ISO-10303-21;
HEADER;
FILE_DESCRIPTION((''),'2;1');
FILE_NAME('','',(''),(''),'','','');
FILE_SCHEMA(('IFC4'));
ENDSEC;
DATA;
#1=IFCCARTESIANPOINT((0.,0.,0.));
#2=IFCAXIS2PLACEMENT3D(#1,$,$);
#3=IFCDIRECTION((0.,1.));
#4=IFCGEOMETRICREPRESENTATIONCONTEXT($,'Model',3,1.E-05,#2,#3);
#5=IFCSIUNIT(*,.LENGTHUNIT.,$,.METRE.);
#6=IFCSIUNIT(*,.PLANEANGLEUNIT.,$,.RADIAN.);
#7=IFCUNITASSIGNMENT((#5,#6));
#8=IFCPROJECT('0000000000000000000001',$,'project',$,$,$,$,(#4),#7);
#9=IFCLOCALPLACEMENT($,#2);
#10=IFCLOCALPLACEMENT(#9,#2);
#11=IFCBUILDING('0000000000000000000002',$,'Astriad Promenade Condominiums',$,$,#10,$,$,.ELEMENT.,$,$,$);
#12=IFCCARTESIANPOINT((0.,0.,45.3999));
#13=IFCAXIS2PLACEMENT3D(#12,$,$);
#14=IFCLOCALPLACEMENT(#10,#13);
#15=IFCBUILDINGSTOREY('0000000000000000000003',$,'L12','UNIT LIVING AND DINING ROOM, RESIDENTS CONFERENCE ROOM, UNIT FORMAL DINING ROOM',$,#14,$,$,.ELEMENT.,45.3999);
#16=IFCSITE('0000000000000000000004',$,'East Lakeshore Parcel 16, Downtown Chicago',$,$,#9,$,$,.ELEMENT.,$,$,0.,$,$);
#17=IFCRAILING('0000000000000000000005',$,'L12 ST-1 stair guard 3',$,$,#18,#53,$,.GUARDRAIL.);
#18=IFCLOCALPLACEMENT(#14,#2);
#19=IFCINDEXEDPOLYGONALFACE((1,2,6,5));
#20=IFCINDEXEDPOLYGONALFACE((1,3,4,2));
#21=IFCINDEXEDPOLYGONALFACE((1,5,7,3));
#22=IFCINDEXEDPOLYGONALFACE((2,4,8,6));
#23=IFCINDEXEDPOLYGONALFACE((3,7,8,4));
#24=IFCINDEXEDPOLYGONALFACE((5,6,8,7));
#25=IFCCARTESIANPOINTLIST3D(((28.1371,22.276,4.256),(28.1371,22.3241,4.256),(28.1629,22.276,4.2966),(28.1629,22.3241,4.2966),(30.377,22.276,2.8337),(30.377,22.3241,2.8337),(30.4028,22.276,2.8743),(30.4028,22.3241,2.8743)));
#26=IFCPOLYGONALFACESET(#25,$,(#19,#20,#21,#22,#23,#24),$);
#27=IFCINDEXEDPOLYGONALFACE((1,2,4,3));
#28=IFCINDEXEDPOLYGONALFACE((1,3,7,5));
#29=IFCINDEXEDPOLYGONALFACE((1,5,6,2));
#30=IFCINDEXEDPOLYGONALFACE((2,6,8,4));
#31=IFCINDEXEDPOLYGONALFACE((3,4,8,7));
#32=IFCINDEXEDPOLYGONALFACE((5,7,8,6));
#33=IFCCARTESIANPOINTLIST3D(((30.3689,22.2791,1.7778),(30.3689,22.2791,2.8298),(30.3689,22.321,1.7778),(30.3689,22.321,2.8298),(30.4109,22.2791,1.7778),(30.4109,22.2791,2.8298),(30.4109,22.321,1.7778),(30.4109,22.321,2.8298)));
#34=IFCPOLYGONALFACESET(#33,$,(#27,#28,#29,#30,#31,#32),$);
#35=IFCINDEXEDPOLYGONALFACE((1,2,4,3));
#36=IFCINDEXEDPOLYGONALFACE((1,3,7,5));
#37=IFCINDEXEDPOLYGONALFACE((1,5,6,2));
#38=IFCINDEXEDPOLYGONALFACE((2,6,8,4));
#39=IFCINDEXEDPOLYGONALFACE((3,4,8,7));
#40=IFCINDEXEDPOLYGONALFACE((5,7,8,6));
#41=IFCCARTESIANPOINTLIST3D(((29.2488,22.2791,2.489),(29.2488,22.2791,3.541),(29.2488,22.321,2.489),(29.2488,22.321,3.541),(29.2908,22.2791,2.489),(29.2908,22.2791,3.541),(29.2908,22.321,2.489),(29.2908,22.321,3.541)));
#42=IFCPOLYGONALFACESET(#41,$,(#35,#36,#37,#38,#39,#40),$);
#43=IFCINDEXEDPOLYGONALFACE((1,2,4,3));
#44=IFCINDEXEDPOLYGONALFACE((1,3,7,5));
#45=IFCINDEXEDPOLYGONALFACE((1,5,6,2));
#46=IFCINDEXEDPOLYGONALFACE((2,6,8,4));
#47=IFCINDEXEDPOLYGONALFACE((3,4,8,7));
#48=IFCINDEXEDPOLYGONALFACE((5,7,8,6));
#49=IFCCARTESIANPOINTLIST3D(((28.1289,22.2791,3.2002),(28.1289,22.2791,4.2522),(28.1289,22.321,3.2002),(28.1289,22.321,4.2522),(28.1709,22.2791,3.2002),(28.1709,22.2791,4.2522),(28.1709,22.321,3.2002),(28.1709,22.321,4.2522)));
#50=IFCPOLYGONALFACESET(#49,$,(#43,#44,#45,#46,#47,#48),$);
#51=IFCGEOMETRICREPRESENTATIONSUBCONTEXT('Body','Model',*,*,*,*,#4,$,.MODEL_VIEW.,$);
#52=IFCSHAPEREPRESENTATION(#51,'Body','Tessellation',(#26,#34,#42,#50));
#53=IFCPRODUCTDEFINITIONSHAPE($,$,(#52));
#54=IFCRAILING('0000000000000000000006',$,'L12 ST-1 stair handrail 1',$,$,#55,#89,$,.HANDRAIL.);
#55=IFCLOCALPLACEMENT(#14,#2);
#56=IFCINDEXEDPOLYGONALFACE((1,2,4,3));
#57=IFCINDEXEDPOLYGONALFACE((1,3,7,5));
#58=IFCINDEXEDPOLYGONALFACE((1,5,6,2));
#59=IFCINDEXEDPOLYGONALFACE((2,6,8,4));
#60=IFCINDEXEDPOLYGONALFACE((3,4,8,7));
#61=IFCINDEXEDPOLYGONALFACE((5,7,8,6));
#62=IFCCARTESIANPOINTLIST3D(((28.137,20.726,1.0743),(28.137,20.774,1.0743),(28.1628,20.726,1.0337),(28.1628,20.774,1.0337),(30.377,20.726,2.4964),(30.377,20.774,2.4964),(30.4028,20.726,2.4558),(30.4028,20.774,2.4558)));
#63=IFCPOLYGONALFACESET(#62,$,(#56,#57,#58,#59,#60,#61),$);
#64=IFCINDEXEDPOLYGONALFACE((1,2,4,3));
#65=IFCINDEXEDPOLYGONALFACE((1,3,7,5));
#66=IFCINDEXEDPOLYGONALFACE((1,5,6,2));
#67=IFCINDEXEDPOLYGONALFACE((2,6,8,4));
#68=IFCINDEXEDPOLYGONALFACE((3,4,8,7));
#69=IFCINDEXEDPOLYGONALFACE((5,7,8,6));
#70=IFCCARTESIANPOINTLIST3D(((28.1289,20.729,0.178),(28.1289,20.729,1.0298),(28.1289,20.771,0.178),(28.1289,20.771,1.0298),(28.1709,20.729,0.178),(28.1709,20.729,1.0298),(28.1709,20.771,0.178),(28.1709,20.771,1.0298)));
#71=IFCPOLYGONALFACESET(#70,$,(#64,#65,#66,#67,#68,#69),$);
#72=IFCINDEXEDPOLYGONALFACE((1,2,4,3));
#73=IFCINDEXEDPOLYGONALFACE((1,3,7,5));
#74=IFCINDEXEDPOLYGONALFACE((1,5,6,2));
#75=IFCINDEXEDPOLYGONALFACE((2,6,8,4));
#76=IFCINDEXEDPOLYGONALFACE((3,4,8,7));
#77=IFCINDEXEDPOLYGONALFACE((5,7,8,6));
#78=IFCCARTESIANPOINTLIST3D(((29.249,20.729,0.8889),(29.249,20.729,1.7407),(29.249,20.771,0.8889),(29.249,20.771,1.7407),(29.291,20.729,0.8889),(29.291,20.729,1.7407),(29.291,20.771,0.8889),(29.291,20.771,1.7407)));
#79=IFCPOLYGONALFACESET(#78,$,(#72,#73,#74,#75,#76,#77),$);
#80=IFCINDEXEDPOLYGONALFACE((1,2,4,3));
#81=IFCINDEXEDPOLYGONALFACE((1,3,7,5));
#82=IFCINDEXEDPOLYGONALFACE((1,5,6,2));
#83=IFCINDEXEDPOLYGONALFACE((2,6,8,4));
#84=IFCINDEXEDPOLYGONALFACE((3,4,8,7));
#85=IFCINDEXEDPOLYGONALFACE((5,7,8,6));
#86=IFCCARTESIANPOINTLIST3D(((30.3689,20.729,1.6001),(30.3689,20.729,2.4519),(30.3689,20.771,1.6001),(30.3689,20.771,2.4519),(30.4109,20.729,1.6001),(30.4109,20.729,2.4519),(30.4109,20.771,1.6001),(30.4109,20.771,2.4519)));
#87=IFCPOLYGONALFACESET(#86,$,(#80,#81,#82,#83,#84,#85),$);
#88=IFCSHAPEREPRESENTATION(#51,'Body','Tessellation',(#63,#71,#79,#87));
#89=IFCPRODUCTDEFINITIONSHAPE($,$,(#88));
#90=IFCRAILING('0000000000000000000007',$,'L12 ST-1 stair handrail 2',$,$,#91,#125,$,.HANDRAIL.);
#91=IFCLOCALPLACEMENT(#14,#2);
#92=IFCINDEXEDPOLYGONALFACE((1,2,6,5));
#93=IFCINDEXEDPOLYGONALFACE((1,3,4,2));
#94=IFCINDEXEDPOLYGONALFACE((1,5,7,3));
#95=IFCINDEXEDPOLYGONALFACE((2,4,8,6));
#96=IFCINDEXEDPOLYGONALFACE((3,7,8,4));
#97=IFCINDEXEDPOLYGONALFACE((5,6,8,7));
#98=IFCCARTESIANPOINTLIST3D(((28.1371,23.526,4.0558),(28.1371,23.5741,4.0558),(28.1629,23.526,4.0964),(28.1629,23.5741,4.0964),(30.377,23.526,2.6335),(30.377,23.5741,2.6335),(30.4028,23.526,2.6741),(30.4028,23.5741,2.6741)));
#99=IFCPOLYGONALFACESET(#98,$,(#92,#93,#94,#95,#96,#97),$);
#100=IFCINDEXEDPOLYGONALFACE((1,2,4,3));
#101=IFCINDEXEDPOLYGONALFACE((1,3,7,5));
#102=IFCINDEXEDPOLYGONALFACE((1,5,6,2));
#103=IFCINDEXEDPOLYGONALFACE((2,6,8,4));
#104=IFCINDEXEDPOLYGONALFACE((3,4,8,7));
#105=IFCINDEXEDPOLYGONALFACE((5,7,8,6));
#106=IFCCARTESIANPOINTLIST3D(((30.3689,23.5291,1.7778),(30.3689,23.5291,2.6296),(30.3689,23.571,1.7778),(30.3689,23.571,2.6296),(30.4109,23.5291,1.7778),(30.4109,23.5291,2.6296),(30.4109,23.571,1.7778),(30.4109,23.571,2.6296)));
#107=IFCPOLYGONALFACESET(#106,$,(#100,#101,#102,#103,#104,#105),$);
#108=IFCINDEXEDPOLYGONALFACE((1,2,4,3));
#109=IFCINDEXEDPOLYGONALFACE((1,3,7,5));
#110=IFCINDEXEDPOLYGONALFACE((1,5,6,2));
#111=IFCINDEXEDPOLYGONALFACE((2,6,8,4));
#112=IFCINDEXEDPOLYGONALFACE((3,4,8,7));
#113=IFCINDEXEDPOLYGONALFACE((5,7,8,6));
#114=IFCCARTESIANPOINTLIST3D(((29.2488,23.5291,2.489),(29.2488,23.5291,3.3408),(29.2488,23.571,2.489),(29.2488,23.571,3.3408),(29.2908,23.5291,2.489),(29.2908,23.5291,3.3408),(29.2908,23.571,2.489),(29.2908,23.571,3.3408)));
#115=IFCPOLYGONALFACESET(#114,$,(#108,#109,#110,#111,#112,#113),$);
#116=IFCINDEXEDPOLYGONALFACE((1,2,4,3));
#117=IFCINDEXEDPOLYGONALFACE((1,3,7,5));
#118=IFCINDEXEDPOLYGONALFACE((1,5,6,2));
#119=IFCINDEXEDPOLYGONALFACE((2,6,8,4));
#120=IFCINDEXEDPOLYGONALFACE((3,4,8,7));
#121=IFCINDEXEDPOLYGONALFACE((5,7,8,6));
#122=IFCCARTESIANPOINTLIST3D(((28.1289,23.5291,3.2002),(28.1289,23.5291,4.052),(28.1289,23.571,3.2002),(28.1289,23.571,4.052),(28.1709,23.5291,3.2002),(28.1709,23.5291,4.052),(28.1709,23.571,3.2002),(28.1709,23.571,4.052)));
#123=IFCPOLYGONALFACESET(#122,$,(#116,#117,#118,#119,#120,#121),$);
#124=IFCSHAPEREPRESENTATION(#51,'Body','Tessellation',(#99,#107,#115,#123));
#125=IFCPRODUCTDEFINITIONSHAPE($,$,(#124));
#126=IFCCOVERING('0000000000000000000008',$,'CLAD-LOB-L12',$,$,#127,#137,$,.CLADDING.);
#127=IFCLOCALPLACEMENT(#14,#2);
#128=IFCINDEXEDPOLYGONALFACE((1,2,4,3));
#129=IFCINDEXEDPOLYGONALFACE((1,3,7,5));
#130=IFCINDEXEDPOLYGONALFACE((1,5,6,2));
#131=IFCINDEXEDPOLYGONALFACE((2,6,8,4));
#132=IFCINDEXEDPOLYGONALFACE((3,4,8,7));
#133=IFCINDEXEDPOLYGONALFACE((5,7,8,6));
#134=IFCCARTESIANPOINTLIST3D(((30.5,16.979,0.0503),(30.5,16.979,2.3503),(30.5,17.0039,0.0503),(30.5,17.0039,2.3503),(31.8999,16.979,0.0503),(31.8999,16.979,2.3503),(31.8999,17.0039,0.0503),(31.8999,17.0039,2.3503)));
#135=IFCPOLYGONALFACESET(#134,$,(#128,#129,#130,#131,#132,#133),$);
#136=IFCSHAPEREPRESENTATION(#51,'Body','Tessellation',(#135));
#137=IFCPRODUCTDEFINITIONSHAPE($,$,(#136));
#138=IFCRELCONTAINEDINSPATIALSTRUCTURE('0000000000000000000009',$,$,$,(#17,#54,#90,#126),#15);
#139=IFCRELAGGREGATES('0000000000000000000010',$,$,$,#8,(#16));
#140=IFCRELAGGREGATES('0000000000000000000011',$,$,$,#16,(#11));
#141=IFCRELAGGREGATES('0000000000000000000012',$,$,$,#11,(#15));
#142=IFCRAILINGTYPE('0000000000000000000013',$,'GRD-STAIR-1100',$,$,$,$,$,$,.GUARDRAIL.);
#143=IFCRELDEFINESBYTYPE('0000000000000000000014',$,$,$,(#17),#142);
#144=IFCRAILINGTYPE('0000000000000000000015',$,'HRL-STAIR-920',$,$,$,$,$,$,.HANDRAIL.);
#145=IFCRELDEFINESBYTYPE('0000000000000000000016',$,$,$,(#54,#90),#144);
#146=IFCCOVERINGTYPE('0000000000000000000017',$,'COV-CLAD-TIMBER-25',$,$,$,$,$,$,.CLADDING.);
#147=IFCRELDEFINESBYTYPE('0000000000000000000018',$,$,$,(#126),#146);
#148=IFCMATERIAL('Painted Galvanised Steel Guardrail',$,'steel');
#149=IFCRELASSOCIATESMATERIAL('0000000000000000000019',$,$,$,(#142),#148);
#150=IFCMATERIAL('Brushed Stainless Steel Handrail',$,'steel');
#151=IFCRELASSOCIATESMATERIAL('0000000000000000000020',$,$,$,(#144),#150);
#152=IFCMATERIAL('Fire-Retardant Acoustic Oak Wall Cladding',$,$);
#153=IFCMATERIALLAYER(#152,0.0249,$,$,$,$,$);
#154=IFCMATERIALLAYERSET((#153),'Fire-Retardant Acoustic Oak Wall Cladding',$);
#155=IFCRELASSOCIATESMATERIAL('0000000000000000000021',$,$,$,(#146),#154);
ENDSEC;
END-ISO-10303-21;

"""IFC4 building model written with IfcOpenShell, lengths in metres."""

from ifc_helpers import new_model, si_unit, direction, frame, origin, origin_2d, place, context, subcontext, project, spatial, rectangle, extrude, source, transform, mapped, material, layer, layer_set, type_object, type_shapes, element, save


model = new_model("IFC4")

# Units and contexts
model_context = context("Model", 3, precision=1e-05, world=origin(), true_north=direction((0.0, 1.0)))
body_context = subcontext(model_context, "Body", "Model", "MODEL_VIEW")
ifc_project = project(units=[si_unit("LENGTHUNIT", "METRE"), si_unit("PLANEANGLEUNIT", "RADIAN")], contexts=[model_context])

# Site, building, storey
site_placement = place(None, origin())
site = spatial("IfcSite", under=ifc_project, at=site_placement, Name="East Lakeshore Parcel 16, Downtown Chicago", CompositionType="ELEMENT", RefElevation=0.0)
building_placement = place(site_placement, origin())
building = spatial("IfcBuilding", under=site, at=building_placement, Name="Astriad Promenade Condominiums", CompositionType="ELEMENT")
storey_placement = place(building_placement, frame((0.0, 0.0, 45.3999)))
storey = spatial("IfcBuildingStorey", under=building, at=storey_placement, Name="L12", Description="UNIT LIVING AND DINING ROOM, RESIDENTS CONFERENCE ROOM, UNIT FORMAL DINING ROOM", CompositionType="ELEMENT", Elevation=45.3999)

# Railings
ifc_material_1 = material(Name="Painted Galvanised Steel Guardrail", Category="steel")
railing_type_1 = type_object("IfcRailingType", Name="GRD-STAIR-1100", PredefinedType="GUARDRAIL", material=ifc_material_1)
shared_shape_1 = source(origin(), body_context, "Body", "SweptSolid", [
    extrude(rectangle(XDim=0.0481, YDim=0.0481, at=origin_2d()), frame((0.0, 0.0, 1.0762), z_axis=(-0.844188, 0.0, 0.536048), x_axis=(0.0, -1.0, 0.0)), (0.0, 0.0, 1.0), 2.6533),
    extrude(rectangle(XDim=0.042, YDim=0.042, at=origin_2d()), origin(), (0.0, 0.0, 1.0), 1.052),
    extrude(rectangle(XDim=0.042, YDim=0.042, at=origin_2d()), frame((-1.1201, 0.0, 0.7112)), (0.0, 0.0, 1.0), 1.052),
    extrude(rectangle(XDim=0.042, YDim=0.042, at=origin_2d()), frame((-2.24, 0.0, 1.4224)), (0.0, 0.0, 1.0), 1.052),
])
railing_1_placement = place(storey_placement, frame((30.3899, 22.3, 1.7778)))
element("IfcRailing", 1, at=railing_1_placement, inside=storey, type_object=railing_type_1, Name="L12 ST-1 stair guard 3", PredefinedType="GUARDRAIL", context=body_context, shape_type="MappedRepresentation", body=[
    mapped(shared_shape_1, transform((0.0, 0.0, 0.0), scale=1.0)),
])
ifc_material_2 = material(Name="Brushed Stainless Steel Handrail", Category="steel")
railing_type_2 = type_object("IfcRailingType", Name="HRL-STAIR-920", PredefinedType="HANDRAIL", material=ifc_material_2)
shared_shape_2 = source(origin(), body_context, "Body", "SweptSolid", [
    extrude(rectangle(XDim=0.0481, YDim=0.0481, at=origin_2d()), frame((0.0, 0.0, 0.876), z_axis=(0.844229, 0.0, 0.535982), x_axis=(0.0, 1.0, 0.0)), (0.0, 0.0, 1.0), 2.6533),
    extrude(rectangle(XDim=0.042, YDim=0.042, at=origin_2d()), origin(), (0.0, 0.0, 1.0), 0.8518),
    extrude(rectangle(XDim=0.042, YDim=0.042, at=origin_2d()), frame((1.1201, 0.0, 0.7109)), (0.0, 0.0, 1.0), 0.8518),
    extrude(rectangle(XDim=0.042, YDim=0.042, at=origin_2d()), frame((2.24, 0.0, 1.4221)), (0.0, 0.0, 1.0), 0.8518),
])
railing_2_placement = place(storey_placement, frame((28.1499, 20.75, 0.178)))
element("IfcRailing", 2, at=railing_2_placement, inside=storey, type_object=railing_type_2, Name="L12 ST-1 stair handrail 1", PredefinedType="HANDRAIL", context=body_context, shape_type="MappedRepresentation", body=[
    mapped(shared_shape_2, transform((0.0, 0.0, 0.0), scale=1.0)),
])
shared_shape_3 = source(origin(), body_context, "Body", "SweptSolid", [
    extrude(rectangle(XDim=0.0481, YDim=0.0481, at=origin_2d()), frame((0.0, 0.0, 0.876), z_axis=(-0.844188, 0.0, 0.536048), x_axis=(0.0, -1.0, 0.0)), (0.0, 0.0, 1.0), 2.6533),
    extrude(rectangle(XDim=0.042, YDim=0.042, at=origin_2d()), origin(), (0.0, 0.0, 1.0), 0.8518),
    extrude(rectangle(XDim=0.042, YDim=0.042, at=origin_2d()), frame((-1.1201, 0.0, 0.7112)), (0.0, 0.0, 1.0), 0.8518),
    extrude(rectangle(XDim=0.042, YDim=0.042, at=origin_2d()), frame((-2.24, 0.0, 1.4224)), (0.0, 0.0, 1.0), 0.8518),
])
type_shapes(railing_type_2, [shared_shape_2, shared_shape_3])
railing_3_placement = place(storey_placement, frame((30.3899, 23.55, 1.7778)))
element("IfcRailing", 3, at=railing_3_placement, inside=storey, type_object=railing_type_2, Name="L12 ST-1 stair handrail 2", PredefinedType="HANDRAIL", context=body_context, shape_type="MappedRepresentation", body=[
    mapped(shared_shape_3, transform((0.0, 0.0, 0.0), scale=1.0)),
])

# Covering
ifc_material_3 = material(Name="Fire-Retardant Acoustic Oak Wall Cladding")
ifc_layer_1 = layer(ifc_material_3, 0.0249)
ifc_layer_set_1 = layer_set([ifc_layer_1], Name="Fire-Retardant Acoustic Oak Wall Cladding")
covering_type = type_object("IfcCoveringType", Name="COV-CLAD-TIMBER-25", PredefinedType="CLADDING", material=ifc_layer_set_1)
shared_shape_4 = source(origin(), body_context, "Body", "SweptSolid", [
    extrude(rectangle(XDim=1.3999, YDim=0.0249, at=origin_2d()), origin(), (0.0, 0.0, 1.0), 2.3),
])
type_shapes(covering_type, [shared_shape_4])
covering_placement = place(storey_placement, frame((31.2, 16.9915, 0.0503), z_axis=(0.0, 0.0, 1.0), x_axis=(1.0, 0.0, 0.0)))
element("IfcCovering", 4, at=covering_placement, inside=storey, type_object=covering_type, Name="CLAD-LOB-L12", PredefinedType="CLADDING", context=body_context, shape_type="MappedRepresentation", body=[
    mapped(shared_shape_4, transform((0.0, 0.0, 0.0), scale=1.0)),
])

save(model, "model.ifc")
